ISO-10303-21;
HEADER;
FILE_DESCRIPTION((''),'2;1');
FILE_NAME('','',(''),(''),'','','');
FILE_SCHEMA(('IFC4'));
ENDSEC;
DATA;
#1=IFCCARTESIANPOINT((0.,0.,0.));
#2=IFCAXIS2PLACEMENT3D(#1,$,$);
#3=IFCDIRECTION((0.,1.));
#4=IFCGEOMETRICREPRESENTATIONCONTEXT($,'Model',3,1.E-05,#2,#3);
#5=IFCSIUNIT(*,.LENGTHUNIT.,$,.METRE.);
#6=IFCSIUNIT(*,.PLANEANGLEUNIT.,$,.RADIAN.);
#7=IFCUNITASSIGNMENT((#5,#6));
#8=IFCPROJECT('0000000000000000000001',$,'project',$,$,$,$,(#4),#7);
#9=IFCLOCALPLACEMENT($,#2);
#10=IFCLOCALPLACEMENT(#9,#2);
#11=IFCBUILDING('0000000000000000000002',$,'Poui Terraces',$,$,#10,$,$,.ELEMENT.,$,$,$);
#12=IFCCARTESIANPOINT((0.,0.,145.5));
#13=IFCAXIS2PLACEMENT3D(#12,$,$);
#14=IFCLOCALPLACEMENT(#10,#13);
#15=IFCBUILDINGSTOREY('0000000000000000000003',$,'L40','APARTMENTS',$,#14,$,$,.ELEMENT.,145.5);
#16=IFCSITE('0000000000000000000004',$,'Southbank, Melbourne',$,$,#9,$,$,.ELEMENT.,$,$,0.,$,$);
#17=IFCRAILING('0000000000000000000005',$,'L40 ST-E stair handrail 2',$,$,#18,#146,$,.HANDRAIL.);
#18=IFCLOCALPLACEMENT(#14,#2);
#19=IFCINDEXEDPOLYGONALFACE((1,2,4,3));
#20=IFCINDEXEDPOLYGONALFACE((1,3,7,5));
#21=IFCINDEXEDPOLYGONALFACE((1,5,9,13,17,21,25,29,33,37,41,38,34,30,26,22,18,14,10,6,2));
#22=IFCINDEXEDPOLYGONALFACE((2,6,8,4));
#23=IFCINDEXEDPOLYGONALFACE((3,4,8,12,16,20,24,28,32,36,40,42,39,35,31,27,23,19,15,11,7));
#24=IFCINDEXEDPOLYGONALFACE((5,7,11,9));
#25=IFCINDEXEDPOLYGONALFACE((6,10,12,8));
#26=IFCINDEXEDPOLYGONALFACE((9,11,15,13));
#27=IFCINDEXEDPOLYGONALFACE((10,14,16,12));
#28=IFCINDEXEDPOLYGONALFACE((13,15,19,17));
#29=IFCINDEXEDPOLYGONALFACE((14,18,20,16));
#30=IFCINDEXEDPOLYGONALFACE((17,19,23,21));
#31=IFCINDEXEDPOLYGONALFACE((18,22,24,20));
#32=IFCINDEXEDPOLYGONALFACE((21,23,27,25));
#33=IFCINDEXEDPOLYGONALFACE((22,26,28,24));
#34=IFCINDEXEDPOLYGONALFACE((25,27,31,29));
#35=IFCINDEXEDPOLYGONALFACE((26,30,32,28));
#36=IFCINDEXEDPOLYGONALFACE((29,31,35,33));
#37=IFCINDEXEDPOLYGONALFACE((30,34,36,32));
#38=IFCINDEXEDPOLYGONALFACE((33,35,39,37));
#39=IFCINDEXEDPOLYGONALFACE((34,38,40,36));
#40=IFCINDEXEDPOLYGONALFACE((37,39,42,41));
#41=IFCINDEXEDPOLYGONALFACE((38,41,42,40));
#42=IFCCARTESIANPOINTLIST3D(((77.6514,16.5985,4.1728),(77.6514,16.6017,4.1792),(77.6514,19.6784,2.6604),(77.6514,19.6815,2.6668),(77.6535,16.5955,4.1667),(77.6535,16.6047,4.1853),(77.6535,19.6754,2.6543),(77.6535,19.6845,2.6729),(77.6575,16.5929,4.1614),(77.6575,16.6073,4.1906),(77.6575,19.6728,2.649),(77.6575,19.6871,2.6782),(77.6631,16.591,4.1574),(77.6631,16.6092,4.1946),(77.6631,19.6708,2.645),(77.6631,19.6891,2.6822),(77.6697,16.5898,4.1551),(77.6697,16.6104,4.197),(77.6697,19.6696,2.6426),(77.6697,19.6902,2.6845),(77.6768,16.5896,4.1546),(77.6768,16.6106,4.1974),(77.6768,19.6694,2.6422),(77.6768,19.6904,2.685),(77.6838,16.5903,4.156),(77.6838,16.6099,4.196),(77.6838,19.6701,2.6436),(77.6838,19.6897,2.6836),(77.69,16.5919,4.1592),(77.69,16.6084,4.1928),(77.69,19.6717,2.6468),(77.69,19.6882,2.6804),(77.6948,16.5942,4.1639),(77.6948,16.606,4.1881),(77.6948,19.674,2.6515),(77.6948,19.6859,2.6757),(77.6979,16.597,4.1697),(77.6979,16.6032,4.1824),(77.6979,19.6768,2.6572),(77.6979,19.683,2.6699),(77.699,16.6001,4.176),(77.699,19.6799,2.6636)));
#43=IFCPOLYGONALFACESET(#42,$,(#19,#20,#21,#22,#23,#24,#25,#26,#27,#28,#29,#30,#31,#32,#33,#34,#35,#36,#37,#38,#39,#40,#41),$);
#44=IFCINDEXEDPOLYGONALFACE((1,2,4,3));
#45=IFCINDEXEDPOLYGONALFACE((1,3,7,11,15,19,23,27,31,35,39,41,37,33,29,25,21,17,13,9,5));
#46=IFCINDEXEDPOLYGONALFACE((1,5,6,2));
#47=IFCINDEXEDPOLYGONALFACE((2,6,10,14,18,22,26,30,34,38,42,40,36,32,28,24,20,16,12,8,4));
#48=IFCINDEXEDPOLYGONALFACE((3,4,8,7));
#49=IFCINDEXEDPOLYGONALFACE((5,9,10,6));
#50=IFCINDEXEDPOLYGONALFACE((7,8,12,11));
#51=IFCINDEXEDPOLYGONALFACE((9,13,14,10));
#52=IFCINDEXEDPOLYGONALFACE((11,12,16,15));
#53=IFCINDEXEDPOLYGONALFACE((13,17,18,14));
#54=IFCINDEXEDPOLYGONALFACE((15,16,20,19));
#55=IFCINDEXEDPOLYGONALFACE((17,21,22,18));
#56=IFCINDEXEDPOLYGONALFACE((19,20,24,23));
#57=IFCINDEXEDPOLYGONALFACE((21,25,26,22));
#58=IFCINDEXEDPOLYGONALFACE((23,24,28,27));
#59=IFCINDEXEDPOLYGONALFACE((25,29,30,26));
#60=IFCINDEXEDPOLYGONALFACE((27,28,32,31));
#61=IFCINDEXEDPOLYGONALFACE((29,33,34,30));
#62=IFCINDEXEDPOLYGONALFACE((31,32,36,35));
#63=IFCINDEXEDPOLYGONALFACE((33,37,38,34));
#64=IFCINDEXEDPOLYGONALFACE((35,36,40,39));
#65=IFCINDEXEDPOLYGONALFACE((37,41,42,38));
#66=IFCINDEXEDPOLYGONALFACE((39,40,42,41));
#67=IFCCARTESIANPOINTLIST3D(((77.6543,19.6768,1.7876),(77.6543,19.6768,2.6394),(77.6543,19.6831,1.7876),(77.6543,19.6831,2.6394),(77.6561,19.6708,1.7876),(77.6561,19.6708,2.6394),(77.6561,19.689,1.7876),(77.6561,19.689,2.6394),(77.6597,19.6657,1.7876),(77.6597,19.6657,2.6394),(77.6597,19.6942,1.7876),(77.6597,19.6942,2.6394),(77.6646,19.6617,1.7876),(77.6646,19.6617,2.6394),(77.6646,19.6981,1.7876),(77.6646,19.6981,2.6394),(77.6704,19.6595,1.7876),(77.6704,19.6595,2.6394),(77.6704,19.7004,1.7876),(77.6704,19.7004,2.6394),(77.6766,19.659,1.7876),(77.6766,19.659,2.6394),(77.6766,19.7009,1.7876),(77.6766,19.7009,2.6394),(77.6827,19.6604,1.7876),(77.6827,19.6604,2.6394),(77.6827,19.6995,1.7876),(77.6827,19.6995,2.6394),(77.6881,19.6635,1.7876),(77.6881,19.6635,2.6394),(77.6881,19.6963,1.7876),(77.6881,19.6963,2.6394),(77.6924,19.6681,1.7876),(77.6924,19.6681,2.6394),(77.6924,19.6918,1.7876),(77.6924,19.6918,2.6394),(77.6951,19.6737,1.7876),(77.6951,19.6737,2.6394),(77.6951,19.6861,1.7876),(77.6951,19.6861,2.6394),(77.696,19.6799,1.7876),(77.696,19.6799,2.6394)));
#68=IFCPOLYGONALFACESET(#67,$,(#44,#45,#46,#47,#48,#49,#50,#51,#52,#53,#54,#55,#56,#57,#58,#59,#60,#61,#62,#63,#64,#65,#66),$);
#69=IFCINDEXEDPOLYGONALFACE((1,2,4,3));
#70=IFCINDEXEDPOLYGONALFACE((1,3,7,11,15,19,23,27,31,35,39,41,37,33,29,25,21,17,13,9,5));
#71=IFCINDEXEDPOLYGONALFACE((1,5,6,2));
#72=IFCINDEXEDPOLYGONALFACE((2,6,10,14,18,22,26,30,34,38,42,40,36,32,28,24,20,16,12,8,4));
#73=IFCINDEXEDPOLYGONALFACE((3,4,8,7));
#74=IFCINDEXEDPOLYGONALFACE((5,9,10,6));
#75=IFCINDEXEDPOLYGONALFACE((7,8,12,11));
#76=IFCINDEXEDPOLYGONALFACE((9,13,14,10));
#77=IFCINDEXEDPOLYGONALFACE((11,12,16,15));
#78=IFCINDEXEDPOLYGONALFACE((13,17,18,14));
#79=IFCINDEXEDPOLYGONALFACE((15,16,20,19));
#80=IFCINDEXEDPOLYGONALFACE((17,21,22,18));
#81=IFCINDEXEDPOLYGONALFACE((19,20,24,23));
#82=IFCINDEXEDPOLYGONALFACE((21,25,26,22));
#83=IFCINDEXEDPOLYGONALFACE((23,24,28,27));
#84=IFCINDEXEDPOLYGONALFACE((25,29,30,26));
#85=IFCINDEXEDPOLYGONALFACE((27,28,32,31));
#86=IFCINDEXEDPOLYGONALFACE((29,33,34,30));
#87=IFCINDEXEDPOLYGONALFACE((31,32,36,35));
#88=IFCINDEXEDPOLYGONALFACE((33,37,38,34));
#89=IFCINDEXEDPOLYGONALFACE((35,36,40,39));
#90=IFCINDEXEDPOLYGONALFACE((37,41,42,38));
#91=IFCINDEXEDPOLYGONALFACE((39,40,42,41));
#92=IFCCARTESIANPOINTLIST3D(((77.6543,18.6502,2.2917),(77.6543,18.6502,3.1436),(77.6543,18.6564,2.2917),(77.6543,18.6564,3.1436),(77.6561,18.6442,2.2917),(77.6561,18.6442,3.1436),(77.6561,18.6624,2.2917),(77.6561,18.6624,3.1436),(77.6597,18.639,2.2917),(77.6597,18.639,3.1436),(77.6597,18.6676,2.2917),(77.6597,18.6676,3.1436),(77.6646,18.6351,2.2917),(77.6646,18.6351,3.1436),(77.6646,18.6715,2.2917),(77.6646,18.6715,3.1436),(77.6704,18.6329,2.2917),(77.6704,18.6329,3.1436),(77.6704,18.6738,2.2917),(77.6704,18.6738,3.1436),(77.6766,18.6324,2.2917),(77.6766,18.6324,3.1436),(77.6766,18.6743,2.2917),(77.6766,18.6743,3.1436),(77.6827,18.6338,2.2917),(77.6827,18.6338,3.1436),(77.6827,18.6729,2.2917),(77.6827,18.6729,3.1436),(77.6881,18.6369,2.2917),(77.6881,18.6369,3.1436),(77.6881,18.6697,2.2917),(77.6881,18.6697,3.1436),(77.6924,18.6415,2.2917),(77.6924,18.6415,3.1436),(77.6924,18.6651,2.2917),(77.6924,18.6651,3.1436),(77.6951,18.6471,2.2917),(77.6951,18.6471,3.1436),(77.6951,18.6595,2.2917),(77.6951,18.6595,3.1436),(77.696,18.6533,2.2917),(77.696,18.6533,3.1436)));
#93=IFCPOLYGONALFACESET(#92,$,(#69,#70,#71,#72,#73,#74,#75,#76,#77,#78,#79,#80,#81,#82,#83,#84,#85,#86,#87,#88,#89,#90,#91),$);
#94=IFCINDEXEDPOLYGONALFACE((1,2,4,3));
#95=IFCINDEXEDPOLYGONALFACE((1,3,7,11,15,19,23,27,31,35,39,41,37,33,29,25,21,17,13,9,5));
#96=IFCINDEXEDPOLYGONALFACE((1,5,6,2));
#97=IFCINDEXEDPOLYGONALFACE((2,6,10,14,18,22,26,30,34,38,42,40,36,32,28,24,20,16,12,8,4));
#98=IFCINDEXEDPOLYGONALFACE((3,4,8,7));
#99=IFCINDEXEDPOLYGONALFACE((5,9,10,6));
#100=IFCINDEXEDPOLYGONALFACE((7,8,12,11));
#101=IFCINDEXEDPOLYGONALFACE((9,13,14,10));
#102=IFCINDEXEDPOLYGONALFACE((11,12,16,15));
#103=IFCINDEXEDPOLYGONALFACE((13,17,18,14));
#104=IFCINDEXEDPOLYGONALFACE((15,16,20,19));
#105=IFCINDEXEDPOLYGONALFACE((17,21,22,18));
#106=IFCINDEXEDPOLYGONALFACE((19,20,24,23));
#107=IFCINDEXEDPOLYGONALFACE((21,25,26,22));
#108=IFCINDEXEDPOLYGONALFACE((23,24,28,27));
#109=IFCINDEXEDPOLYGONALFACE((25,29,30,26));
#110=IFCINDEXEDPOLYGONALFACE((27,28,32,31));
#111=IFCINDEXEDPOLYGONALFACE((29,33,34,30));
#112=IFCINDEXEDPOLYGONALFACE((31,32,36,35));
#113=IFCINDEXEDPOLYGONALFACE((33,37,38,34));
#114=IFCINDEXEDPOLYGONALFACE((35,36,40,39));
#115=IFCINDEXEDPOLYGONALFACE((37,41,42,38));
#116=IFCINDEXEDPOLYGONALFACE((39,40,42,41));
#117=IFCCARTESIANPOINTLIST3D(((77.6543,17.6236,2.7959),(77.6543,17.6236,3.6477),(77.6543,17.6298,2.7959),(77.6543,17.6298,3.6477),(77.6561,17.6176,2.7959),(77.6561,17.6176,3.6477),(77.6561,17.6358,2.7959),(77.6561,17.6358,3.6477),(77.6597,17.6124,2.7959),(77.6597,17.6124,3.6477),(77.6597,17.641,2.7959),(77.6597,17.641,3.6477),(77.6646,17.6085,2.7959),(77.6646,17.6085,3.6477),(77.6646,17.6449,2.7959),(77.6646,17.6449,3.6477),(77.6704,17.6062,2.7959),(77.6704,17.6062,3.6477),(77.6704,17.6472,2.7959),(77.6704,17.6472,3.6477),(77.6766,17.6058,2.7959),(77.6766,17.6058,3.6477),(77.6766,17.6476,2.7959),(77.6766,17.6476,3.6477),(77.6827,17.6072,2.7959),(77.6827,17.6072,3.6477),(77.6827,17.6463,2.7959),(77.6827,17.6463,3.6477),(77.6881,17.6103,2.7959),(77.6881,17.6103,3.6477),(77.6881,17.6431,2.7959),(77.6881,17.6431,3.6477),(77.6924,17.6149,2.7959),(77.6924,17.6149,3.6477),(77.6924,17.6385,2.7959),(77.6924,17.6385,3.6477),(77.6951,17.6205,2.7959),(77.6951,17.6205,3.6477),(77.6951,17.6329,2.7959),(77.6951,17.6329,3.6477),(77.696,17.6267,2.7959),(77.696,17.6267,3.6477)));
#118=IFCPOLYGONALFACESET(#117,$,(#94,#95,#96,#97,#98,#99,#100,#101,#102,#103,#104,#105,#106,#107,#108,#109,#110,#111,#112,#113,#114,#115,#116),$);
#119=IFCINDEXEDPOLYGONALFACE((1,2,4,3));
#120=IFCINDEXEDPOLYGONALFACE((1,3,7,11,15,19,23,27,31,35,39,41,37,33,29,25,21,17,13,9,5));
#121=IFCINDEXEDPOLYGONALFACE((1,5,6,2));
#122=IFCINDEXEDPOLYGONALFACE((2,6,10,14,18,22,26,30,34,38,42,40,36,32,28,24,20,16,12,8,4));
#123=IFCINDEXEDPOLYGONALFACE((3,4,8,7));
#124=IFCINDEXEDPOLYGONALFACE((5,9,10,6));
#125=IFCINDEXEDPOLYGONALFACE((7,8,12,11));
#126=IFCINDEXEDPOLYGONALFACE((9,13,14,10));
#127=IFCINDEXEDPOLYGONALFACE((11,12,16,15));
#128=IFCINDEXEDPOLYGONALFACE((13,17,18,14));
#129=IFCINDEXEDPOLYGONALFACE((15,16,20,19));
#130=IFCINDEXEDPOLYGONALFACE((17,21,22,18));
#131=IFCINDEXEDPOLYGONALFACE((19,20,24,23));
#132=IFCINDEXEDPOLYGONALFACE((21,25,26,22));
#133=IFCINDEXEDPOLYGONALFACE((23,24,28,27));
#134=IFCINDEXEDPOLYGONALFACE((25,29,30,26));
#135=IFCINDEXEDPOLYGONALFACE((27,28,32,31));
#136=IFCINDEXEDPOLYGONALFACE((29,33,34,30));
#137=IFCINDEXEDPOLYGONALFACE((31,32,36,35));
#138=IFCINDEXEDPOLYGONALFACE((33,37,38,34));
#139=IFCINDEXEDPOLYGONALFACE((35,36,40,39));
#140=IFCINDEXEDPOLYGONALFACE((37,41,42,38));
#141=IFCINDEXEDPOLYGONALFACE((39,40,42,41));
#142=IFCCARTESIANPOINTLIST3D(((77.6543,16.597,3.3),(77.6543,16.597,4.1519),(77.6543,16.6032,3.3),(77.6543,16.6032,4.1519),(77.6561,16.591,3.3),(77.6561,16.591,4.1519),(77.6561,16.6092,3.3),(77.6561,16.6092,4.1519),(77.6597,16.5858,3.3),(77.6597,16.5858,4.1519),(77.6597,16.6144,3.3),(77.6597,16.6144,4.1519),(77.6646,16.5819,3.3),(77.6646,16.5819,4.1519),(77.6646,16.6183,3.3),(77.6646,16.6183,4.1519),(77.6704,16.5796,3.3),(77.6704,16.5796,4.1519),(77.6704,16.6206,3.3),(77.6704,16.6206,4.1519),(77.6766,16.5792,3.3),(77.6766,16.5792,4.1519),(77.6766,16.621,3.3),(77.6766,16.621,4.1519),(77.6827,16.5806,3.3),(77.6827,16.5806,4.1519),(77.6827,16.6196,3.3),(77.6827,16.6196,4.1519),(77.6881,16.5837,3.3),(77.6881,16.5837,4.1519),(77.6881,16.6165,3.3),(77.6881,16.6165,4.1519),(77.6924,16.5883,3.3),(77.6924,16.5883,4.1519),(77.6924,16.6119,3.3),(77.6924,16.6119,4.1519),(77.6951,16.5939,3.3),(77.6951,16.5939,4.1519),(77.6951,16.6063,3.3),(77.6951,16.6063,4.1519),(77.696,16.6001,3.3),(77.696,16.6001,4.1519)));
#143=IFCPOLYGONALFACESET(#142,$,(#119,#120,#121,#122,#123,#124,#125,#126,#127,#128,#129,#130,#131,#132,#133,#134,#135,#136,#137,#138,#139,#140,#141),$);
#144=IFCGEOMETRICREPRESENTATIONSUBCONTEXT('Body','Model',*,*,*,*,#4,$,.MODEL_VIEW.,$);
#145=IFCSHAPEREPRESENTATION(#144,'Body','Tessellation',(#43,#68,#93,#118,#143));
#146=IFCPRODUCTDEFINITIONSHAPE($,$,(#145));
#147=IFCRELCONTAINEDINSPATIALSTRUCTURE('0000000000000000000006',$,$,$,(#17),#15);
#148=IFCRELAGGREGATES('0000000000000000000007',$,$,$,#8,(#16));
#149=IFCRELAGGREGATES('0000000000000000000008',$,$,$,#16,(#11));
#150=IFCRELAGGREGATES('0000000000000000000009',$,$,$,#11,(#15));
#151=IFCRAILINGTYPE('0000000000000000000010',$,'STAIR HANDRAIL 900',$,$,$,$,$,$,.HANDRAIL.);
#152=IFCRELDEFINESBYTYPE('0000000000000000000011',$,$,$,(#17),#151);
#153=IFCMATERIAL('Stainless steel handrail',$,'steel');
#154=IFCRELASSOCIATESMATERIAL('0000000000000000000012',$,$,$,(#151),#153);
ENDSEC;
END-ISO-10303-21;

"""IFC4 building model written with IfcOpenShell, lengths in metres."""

from ifc_helpers import new_model, si_unit, direction, frame, origin, origin_2d, place, context, subcontext, project, spatial, circle, extrude, material, type_object, element, save


model = new_model("IFC4")

# Units and contexts
model_context = context("Model", 3, precision=1e-05, world=origin(), true_north=direction((0.0, 1.0)))
body_context = subcontext(model_context, "Body", "Model", "MODEL_VIEW")
ifc_project = project(units=[si_unit("LENGTHUNIT", "METRE"), si_unit("PLANEANGLEUNIT", "RADIAN")], contexts=[model_context])

# Site, building, storey
site_placement = place(None, origin())
site = spatial("IfcSite", under=ifc_project, at=site_placement, Name="Southbank, Melbourne", CompositionType="ELEMENT", RefElevation=0.0)
building_placement = place(site_placement, origin())
building = spatial("IfcBuilding", under=site, at=building_placement, Name="Poui Terraces", CompositionType="ELEMENT")
storey_placement = place(building_placement, frame((0.0, 0.0, 145.5)))
storey = spatial("IfcBuildingStorey", under=building, at=storey_placement, Name="L40", Description="APARTMENTS", CompositionType="ELEMENT", Elevation=145.5)

# Railing
ifc_material_1 = material(Name="Stainless steel handrail", Category="steel")
railing_type_1 = type_object("IfcRailingType", Name="STAIR HANDRAIL 900", PredefinedType="HANDRAIL", material=ifc_material_1)
for number, where, name in (
    (1, (77.675, 19.6799, 1.7876), "L40 ST-E stair handrail 2"),
):
    element("IfcRailing", number, at=place(storey_placement, frame(where)), inside=storey, type_object=railing_type_1, Name=name, PredefinedType="HANDRAIL", context=body_context, shape_type="SweptSolid", body=[
        extrude(circle(Radius=0.0239, at=origin_2d()), frame((0.0, 0.0, 0.876), z_axis=(0.0, -0.897606, 0.440798), x_axis=(1.0, 0.0, 0.0)), (0.0, 0.0, 1.0), 3.4312),
        extrude(circle(Radius=0.021, at=origin_2d()), origin(), (0.0, 0.0, 1.0), 0.8518),
        extrude(circle(Radius=0.021, at=origin_2d()), frame((0.0, -1.0266, 0.5042)), (0.0, 0.0, 1.0), 0.8518),
        extrude(circle(Radius=0.021, at=origin_2d()), frame((0.0, -2.0532, 1.0083)), (0.0, 0.0, 1.0), 0.8518),
        extrude(circle(Radius=0.021, at=origin_2d()), frame((0.0, -3.0798, 1.5125)), (0.0, 0.0, 1.0), 0.8518),
    ])

save(model, "model.ifc")
